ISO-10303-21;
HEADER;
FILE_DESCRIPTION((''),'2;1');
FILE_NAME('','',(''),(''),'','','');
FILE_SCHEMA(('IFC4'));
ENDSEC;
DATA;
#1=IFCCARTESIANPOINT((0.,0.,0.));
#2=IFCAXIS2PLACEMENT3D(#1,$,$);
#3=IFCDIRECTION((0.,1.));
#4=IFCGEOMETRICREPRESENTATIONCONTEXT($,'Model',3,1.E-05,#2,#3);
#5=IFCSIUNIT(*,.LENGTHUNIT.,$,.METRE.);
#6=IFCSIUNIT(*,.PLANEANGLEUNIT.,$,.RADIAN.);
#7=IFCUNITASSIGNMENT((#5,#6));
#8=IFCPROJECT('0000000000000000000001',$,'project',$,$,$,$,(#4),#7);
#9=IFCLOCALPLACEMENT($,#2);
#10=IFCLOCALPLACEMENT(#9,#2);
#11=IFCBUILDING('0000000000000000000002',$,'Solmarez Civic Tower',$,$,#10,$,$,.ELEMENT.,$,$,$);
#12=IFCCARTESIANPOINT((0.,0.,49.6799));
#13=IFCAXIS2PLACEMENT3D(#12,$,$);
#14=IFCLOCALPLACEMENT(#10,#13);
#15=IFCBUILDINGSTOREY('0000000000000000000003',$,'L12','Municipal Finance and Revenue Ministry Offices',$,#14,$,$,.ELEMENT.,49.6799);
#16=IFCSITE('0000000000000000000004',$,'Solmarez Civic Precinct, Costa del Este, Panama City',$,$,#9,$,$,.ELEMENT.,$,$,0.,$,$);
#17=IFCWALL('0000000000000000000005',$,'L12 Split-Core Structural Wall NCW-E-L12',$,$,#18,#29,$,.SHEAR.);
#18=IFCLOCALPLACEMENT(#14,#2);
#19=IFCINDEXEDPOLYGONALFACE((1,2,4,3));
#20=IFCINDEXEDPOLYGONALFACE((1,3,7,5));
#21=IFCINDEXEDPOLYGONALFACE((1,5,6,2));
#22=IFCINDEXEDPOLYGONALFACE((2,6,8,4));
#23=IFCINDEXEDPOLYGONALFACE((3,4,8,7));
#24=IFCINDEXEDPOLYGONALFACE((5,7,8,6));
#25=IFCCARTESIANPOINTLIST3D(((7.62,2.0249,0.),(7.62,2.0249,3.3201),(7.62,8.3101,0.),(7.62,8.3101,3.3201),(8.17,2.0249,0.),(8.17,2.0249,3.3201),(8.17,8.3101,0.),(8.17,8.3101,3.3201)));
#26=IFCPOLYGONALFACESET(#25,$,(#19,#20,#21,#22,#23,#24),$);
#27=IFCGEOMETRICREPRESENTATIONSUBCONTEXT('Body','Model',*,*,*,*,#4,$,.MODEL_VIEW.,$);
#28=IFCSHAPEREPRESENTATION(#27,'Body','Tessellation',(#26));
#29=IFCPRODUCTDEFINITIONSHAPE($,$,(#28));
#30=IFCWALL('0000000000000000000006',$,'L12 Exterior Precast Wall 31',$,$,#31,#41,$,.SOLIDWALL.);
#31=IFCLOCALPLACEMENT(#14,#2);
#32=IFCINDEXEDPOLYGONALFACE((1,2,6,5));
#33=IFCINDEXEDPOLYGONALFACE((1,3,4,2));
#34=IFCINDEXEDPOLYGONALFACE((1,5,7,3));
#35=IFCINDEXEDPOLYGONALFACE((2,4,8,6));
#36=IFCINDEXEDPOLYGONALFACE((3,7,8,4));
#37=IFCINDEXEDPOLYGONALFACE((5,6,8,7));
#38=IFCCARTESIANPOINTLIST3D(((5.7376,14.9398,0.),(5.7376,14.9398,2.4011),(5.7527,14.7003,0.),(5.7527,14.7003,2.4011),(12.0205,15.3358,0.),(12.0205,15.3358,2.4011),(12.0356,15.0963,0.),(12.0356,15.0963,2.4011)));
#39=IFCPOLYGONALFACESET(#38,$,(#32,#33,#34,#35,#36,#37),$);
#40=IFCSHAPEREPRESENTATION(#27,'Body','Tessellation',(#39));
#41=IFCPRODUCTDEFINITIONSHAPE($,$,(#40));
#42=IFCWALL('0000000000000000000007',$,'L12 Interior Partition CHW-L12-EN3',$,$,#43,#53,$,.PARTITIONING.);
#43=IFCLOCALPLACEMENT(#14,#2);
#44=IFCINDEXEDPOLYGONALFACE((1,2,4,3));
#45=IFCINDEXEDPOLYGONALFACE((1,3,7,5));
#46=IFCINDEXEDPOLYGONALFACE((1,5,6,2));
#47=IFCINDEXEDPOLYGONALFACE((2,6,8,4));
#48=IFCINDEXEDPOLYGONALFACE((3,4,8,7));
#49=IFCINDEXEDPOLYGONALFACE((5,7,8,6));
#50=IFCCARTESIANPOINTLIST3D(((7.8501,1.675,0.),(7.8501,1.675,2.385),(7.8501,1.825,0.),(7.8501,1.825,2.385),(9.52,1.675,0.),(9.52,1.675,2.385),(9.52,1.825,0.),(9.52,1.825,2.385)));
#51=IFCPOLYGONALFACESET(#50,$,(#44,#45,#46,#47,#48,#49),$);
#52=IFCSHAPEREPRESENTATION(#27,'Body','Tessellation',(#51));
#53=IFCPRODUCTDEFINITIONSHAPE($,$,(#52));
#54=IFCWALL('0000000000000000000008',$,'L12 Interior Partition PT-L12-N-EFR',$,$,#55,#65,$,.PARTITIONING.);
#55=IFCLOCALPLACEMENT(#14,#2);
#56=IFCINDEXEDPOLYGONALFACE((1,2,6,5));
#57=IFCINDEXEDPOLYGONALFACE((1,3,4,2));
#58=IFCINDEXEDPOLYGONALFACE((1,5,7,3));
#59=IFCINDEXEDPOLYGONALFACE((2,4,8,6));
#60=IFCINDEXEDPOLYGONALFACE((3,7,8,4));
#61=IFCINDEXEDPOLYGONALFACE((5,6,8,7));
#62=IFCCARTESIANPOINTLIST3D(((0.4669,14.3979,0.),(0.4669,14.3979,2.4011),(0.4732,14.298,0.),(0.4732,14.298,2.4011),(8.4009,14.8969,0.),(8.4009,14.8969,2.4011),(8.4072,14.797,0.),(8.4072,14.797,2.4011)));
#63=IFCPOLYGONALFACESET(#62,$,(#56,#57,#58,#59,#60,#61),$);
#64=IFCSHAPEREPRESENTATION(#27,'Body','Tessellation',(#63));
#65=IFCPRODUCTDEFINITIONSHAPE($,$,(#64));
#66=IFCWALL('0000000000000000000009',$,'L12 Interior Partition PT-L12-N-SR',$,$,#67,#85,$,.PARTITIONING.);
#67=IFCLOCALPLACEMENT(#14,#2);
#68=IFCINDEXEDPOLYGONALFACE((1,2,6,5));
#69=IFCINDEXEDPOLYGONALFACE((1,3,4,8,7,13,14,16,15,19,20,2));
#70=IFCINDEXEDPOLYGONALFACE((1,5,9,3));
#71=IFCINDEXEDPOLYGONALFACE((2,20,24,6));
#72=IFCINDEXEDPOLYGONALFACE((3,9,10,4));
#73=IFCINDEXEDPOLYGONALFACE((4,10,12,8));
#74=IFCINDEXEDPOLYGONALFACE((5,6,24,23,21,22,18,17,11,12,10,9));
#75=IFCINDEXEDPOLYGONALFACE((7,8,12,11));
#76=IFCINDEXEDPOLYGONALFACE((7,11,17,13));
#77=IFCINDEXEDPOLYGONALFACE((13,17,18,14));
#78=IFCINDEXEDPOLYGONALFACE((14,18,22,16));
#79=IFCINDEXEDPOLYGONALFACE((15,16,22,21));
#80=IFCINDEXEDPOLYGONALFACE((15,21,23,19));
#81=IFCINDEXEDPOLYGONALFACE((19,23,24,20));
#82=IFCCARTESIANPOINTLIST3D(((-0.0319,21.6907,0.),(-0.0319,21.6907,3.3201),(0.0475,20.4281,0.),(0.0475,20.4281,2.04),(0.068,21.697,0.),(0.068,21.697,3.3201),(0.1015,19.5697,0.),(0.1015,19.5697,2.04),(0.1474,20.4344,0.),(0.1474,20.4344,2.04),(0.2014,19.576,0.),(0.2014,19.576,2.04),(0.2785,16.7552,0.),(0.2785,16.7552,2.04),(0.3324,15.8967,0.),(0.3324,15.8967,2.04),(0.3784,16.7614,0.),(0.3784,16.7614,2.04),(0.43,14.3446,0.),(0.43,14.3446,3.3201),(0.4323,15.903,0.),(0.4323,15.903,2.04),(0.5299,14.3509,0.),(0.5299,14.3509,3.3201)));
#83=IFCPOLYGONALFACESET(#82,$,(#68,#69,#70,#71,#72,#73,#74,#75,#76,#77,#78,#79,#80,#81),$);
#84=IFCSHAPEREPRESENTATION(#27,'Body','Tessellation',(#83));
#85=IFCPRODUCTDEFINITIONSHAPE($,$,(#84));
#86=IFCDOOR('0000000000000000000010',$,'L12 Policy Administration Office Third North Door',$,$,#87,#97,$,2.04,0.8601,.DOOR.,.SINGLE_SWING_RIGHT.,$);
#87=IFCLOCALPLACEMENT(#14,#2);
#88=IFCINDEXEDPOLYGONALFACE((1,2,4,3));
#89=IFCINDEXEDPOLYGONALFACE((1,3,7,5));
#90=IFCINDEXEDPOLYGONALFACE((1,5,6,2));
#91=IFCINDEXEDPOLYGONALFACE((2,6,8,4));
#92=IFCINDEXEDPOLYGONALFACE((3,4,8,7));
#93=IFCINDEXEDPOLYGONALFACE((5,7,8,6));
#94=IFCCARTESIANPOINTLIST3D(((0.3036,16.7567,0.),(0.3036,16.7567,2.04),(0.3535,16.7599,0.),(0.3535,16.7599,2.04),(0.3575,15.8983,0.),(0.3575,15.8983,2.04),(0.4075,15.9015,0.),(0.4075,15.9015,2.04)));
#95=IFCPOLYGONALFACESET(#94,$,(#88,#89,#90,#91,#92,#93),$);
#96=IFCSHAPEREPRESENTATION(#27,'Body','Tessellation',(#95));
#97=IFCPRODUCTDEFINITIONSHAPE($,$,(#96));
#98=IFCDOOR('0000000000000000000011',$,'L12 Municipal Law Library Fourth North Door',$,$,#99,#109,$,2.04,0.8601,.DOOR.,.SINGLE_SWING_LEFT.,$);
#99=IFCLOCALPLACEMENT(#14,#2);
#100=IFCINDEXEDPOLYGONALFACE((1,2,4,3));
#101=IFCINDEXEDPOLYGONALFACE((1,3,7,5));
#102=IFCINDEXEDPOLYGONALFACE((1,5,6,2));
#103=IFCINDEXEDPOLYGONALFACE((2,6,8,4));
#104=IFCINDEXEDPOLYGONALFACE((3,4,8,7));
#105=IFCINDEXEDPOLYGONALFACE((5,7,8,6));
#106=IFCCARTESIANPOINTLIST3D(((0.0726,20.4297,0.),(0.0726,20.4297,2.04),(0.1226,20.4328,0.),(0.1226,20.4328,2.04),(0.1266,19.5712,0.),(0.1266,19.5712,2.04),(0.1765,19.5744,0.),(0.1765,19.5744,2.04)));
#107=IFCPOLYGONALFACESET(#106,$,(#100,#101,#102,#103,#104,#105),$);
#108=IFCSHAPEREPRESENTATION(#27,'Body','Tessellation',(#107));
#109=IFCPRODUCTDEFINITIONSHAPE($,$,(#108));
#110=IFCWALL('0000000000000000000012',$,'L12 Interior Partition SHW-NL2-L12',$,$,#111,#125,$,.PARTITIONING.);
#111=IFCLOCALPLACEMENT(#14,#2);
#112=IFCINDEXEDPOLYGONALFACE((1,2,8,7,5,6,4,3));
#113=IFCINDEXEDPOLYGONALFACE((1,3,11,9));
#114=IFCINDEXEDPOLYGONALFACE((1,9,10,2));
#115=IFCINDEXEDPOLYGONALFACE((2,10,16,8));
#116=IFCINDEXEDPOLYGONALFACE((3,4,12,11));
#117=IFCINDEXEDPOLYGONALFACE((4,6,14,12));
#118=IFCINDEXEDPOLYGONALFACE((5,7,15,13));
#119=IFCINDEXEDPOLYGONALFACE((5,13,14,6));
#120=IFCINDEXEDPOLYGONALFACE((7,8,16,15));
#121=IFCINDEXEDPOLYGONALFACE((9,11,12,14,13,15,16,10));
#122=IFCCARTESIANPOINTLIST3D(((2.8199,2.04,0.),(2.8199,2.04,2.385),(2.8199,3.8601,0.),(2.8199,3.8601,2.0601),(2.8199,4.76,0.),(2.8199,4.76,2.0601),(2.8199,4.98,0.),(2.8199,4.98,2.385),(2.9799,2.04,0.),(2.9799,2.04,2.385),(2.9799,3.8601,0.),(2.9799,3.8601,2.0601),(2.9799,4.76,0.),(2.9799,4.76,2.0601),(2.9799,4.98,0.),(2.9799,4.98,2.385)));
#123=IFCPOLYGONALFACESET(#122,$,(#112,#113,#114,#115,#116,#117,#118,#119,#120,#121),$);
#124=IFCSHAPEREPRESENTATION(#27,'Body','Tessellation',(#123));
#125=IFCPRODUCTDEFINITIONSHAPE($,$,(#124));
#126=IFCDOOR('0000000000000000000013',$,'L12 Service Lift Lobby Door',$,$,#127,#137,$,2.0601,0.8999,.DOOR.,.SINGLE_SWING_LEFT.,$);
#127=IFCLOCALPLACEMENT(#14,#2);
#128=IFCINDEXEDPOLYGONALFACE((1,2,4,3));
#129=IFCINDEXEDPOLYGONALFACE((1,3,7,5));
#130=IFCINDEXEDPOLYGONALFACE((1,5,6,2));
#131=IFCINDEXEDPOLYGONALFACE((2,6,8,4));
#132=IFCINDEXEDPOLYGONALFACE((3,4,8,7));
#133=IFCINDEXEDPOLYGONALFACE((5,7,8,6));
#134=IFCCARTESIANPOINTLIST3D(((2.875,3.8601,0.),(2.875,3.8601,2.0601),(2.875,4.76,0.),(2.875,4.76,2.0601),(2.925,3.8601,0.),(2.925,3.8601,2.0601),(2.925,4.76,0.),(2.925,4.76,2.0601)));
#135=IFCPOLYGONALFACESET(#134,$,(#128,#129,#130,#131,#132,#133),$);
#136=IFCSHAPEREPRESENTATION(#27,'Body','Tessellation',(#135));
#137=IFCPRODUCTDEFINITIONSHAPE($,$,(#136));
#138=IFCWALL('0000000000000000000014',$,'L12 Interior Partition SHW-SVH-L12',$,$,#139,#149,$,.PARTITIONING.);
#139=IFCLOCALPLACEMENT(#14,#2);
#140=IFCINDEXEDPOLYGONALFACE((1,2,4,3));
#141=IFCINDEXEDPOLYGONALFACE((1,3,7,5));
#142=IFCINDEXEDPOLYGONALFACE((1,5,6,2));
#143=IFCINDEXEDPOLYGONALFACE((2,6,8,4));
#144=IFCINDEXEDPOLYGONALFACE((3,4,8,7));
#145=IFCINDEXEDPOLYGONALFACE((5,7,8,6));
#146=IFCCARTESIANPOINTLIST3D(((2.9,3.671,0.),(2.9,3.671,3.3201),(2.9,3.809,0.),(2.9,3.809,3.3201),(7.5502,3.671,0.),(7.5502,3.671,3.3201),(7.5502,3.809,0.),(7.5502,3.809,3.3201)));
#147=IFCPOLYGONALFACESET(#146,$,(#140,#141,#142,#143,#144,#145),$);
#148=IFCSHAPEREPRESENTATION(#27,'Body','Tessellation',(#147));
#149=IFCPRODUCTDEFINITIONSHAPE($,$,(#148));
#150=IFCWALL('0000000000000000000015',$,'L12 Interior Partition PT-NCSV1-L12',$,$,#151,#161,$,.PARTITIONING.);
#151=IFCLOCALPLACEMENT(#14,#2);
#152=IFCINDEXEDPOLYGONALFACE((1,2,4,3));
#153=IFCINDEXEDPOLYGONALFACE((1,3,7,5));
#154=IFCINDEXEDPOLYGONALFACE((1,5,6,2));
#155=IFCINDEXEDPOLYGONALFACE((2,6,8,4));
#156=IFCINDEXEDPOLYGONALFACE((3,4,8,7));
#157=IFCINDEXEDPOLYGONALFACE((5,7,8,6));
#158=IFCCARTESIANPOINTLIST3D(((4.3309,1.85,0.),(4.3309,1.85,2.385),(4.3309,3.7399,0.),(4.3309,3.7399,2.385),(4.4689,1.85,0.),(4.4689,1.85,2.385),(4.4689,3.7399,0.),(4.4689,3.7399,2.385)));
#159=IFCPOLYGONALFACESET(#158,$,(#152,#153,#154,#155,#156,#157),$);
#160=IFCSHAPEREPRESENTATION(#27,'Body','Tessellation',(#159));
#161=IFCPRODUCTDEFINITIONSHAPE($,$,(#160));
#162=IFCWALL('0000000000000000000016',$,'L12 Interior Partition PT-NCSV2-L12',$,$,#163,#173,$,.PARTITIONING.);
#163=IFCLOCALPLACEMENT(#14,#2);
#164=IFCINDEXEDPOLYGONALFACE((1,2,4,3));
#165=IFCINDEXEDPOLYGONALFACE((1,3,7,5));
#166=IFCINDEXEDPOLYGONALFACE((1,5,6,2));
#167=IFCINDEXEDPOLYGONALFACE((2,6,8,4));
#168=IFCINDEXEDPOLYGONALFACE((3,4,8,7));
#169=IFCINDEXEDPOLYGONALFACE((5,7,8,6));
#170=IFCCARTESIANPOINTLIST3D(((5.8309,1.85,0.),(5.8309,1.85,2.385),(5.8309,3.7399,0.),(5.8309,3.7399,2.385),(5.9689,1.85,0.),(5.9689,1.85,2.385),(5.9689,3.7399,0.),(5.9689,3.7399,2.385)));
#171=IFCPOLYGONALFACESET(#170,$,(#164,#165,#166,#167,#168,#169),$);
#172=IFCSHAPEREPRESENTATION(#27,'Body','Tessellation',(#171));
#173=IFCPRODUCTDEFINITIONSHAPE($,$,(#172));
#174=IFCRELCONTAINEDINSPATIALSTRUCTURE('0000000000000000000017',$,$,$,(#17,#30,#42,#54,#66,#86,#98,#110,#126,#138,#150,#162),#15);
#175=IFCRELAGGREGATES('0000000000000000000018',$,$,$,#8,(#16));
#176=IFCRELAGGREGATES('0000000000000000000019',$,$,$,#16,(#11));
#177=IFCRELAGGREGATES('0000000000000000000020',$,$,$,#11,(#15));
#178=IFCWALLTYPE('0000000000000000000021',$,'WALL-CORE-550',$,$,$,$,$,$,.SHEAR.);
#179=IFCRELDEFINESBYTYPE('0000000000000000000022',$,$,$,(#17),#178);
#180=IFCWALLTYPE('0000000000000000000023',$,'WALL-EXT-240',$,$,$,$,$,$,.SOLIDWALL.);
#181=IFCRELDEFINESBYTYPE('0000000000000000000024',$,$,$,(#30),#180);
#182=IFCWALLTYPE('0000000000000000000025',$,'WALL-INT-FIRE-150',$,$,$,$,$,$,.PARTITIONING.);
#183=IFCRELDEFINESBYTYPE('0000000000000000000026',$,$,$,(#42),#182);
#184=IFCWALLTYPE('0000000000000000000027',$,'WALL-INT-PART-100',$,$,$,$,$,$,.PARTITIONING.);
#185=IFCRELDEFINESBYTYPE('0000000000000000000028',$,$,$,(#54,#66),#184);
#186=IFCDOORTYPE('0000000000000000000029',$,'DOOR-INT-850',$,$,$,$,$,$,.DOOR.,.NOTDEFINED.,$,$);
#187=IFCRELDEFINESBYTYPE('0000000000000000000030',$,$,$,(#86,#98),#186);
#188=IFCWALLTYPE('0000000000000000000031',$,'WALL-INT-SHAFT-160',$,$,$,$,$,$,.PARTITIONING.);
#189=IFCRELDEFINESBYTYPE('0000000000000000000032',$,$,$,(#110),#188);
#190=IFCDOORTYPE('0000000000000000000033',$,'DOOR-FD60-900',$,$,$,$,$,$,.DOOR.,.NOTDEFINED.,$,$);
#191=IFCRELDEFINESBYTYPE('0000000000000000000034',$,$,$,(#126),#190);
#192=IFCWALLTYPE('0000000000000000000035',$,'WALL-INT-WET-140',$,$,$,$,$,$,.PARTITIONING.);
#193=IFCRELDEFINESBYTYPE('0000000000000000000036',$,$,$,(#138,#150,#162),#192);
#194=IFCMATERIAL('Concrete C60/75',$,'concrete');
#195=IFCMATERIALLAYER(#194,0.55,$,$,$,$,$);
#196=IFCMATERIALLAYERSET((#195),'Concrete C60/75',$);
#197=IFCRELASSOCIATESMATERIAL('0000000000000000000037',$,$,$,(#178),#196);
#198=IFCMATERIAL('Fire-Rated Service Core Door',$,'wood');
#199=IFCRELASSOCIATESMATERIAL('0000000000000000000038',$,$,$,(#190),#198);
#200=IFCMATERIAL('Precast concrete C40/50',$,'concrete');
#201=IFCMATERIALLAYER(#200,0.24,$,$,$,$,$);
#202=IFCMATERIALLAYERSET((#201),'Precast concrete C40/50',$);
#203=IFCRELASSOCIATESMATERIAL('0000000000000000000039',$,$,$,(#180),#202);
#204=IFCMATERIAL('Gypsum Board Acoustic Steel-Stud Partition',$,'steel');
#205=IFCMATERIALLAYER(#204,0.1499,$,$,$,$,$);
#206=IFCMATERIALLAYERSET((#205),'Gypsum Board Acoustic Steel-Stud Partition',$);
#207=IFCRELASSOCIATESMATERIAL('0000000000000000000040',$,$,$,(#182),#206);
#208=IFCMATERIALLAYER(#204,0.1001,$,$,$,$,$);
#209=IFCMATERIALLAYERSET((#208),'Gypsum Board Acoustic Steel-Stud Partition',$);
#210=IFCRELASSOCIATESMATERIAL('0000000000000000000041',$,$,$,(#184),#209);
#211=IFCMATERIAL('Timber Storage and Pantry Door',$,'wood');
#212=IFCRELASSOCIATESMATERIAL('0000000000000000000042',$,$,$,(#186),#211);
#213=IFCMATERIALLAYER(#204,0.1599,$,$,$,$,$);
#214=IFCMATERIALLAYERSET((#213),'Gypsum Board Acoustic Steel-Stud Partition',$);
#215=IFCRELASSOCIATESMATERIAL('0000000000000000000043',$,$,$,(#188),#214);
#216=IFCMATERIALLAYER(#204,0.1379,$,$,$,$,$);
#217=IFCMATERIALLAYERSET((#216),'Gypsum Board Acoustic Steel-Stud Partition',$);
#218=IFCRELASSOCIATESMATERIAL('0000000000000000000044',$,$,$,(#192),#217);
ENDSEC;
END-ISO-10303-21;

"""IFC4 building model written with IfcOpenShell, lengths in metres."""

from ifc_helpers import new_model, si_unit, direction, frame, frame_2d, origin, place, context, subcontext, project, spatial, rectangle, extrude, material, layer, layer_set, type_object, element, fill, save


model = new_model("IFC4")

# Units and contexts
model_context = context("Model", 3, precision=1e-05, world=origin(), true_north=direction((0.0, 1.0)))
body_context = subcontext(model_context, "Body", "Model", "MODEL_VIEW")
ifc_project = project(units=[si_unit("LENGTHUNIT", "METRE"), si_unit("PLANEANGLEUNIT", "RADIAN")], contexts=[model_context])

# Site, building, storey
site_placement = place(None, origin())
site = spatial("IfcSite", under=ifc_project, at=site_placement, Name="Solmarez Civic Precinct, Costa del Este, Panama City", CompositionType="ELEMENT", RefElevation=0.0)
building_placement = place(site_placement, origin())
building = spatial("IfcBuilding", under=site, at=building_placement, Name="Solmarez Civic Tower", CompositionType="ELEMENT")
storey_placement = place(building_placement, frame((0.0, 0.0, 49.6799)))
storey = spatial("IfcBuildingStorey", under=building, at=storey_placement, Name="L12", Description="Municipal Finance and Revenue Ministry Offices", CompositionType="ELEMENT", Elevation=49.6799)

# Shared definitions
ifc_material_1 = material(Name="Concrete C60/75", Category="concrete")

# Shared definitions
ifc_layer_1 = layer(ifc_material_1, 0.55)
ifc_layer_set_1 = layer_set([ifc_layer_1], Name="Concrete C60/75")
wall_type_1 = type_object("IfcWallType", Name="WALL-CORE-550", PredefinedType="SHEAR", material=ifc_layer_set_1)
ifc_material_2 = material(Name="Fire-Rated Service Core Door", Category="wood")
door_type_1 = type_object("IfcDoorType", Name="DOOR-FD60-900", OperationType="NOTDEFINED", PredefinedType="DOOR", material=ifc_material_2)

# Walls
wall_1_placement = place(storey_placement, frame((7.895, 8.3101, 0.0), z_axis=(0.0, 0.0, 1.0), x_axis=(0.0, -1.0, 0.0)))
element("IfcWall", 1, at=wall_1_placement, inside=storey, type_object=wall_type_1, Name="L12 Split-Core Structural Wall NCW-E-L12", PredefinedType="SHEAR", context=body_context, shape_type="SweptSolid", body=[
    extrude(rectangle(XDim=6.2852, YDim=0.55, at=frame_2d((3.1426, 0.0))), origin(), (0.0, 0.0, 1.0), 3.3201),
])
ifc_material_3 = material(Name="Precast concrete C40/50", Category="concrete")
ifc_layer_2 = layer(ifc_material_3, 0.24)
ifc_layer_set_2 = layer_set([ifc_layer_2], Name="Precast concrete C40/50")
wall_type_2 = type_object("IfcWallType", Name="WALL-EXT-240", PredefinedType="SOLIDWALL", material=ifc_layer_set_2)
wall_2_placement = place(storey_placement, frame((5.7451, 14.8201, 0.0), z_axis=(0.0, 0.0, 1.0), x_axis=(0.99802, 0.062902, 0.0)))
element("IfcWall", 2, at=wall_2_placement, inside=storey, type_object=wall_type_2, Name="L12 Exterior Precast Wall 31", PredefinedType="SOLIDWALL", context=body_context, shape_type="SweptSolid", body=[
    extrude(rectangle(XDim=6.2954, YDim=0.24, at=frame_2d((3.1477, 0.0))), origin(), (0.0, 0.0, 1.0), 2.4011),
])
ifc_material_4 = material(Name="Gypsum Board Acoustic Steel-Stud Partition", Category="steel")
ifc_layer_3 = layer(ifc_material_4, 0.1499)
ifc_layer_set_3 = layer_set([ifc_layer_3], Name="Gypsum Board Acoustic Steel-Stud Partition")
wall_type_3 = type_object("IfcWallType", Name="WALL-INT-FIRE-150", PredefinedType="PARTITIONING", material=ifc_layer_set_3)
wall_3_placement = place(storey_placement, frame((7.8501, 1.75, 0.0), z_axis=(0.0, 0.0, 1.0), x_axis=(1.0, 0.0, 0.0)))
element("IfcWall", 3, at=wall_3_placement, inside=storey, type_object=wall_type_3, Name="L12 Interior Partition CHW-L12-EN3", PredefinedType="PARTITIONING", context=body_context, shape_type="SweptSolid", body=[
    extrude(rectangle(XDim=1.6699, YDim=0.1499, at=frame_2d((0.835, 0.0))), origin(), (0.0, 0.0, 1.0), 2.385),
])
ifc_layer_4 = layer(ifc_material_4, 0.1001)
ifc_layer_set_4 = layer_set([ifc_layer_4], Name="Gypsum Board Acoustic Steel-Stud Partition")
wall_type_4 = type_object("IfcWallType", Name="WALL-INT-PART-100", PredefinedType="PARTITIONING", material=ifc_layer_set_4)
wall_4_placement = place(storey_placement, frame((8.4041, 14.8469, 0.0), z_axis=(0.0, 0.0, 1.0), x_axis=(-0.998028, -0.062772, 0.0)))
element("IfcWall", 4, at=wall_4_placement, inside=storey, type_object=wall_type_4, Name="L12 Interior Partition PT-L12-N-EFR", PredefinedType="PARTITIONING", context=body_context, shape_type="SweptSolid", body=[
    extrude(rectangle(XDim=7.9497, YDim=0.1001, at=frame_2d((3.9749, 0.0))), origin(), (0.0, 0.0, 1.0), 2.4011),
])

# Wall, openings, doors
wall_5_placement = place(storey_placement, frame((0.48, 14.3479, 0.0), z_axis=(0.0, 0.0, 1.0), x_axis=(-0.062754, 0.998029, 0.0)))
wall_5 = element("IfcWall", 5, at=wall_5_placement, inside=storey, type_object=wall_type_4, Name="L12 Interior Partition PT-L12-N-SR", PredefinedType="PARTITIONING", context=body_context, shape_type="SweptSolid", body=[
    extrude(rectangle(XDim=7.3606, YDim=0.1001, at=frame_2d((3.6802, 0.0))), origin(), (0.0, 0.0, 1.0), 3.3201),
])
opening_1_placement = place(wall_5_placement, frame((1.5549, 0.0, 0.0)))
opening_1 = element("IfcOpeningElement", 6, at=opening_1_placement, cuts=wall_5, PredefinedType="OPENING", context=body_context, shape_type="SweptSolid", body=[
    extrude(rectangle(XDim=0.8601, YDim=2.04, at=frame_2d((0.4302, 1.02))), frame((0.0, 0.0601, 0.0), z_axis=(0.0, -1.0, 0.0), x_axis=(1.0, 0.0, 0.0)), (0.0, 0.0, 1.0), 0.1201),
])
opening_2_placement = place(wall_5_placement, frame((5.2351, 0.0, 0.0)))
opening_2 = element("IfcOpeningElement", 7, at=opening_2_placement, cuts=wall_5, PredefinedType="OPENING", context=body_context, shape_type="SweptSolid", body=[
    extrude(rectangle(XDim=0.8601, YDim=2.04, at=frame_2d((0.4302, 1.02))), frame((0.0, 0.0601, 0.0), z_axis=(0.0, -1.0, 0.0), x_axis=(1.0, 0.0, 0.0)), (0.0, 0.0, 1.0), 0.1201),
])
ifc_material_5 = material(Name="Timber Storage and Pantry Door", Category="wood")
door_type_2 = type_object("IfcDoorType", Name="DOOR-INT-850", OperationType="NOTDEFINED", PredefinedType="DOOR", material=ifc_material_5)
door_1_placement = place(opening_1_placement, origin())
door_1 = element("IfcDoor", 8, at=door_1_placement, inside=storey, type_object=door_type_2, Name="L12 Policy Administration Office Third North Door", OperationType="SINGLE_SWING_RIGHT", OverallHeight=2.04, OverallWidth=0.8601, PredefinedType="DOOR", context=body_context, shape_type="SweptSolid", body=[
    extrude(rectangle(XDim=0.8601, YDim=2.04, at=frame_2d((0.4302, 1.02))), frame((0.0, 0.0249, 0.0), z_axis=(0.0, -1.0, 0.0), x_axis=(1.0, 0.0, 0.0)), (0.0, 0.0, 1.0), 0.05),
])
fill(opening_1, door_1)
door_2_placement = place(opening_2_placement, origin())
door_2 = element("IfcDoor", 9, at=door_2_placement, inside=storey, type_object=door_type_2, Name="L12 Municipal Law Library Fourth North Door", OperationType="SINGLE_SWING_LEFT", OverallHeight=2.04, OverallWidth=0.8601, PredefinedType="DOOR", context=body_context, shape_type="SweptSolid", body=[
    extrude(rectangle(XDim=0.8601, YDim=2.04, at=frame_2d((0.4302, 1.02))), frame((0.0, 0.0249, 0.0), z_axis=(0.0, -1.0, 0.0), x_axis=(1.0, 0.0, 0.0)), (0.0, 0.0, 1.0), 0.05),
])
fill(opening_2, door_2)

# Wall, opening, door
ifc_layer_5 = layer(ifc_material_4, 0.1599)
ifc_layer_set_5 = layer_set([ifc_layer_5], Name="Gypsum Board Acoustic Steel-Stud Partition")
wall_type_5 = type_object("IfcWallType", Name="WALL-INT-SHAFT-160", PredefinedType="PARTITIONING", material=ifc_layer_set_5)
wall_6_placement = place(storey_placement, frame((2.8999, 2.04, 0.0), z_axis=(0.0, 0.0, 1.0), x_axis=(0.0, 1.0, 0.0)))
wall_6 = element("IfcWall", 10, at=wall_6_placement, inside=storey, type_object=wall_type_5, Name="L12 Interior Partition SHW-NL2-L12", PredefinedType="PARTITIONING", context=body_context, shape_type="SweptSolid", body=[
    extrude(rectangle(XDim=2.9399, YDim=0.1599, at=frame_2d((1.47, 0.0))), origin(), (0.0, 0.0, 1.0), 2.385),
])
opening_3_placement = place(wall_6_placement, frame((1.8201, 0.0, 0.0)))
opening_3 = element("IfcOpeningElement", 11, at=opening_3_placement, cuts=wall_6, PredefinedType="OPENING", context=body_context, shape_type="SweptSolid", body=[
    extrude(rectangle(XDim=0.8999, YDim=2.0601, at=frame_2d((0.45, 1.03))), frame((0.0, 0.0898, 0.0), z_axis=(0.0, -1.0, 0.0), x_axis=(1.0, 0.0, 0.0)), (0.0, 0.0, 1.0), 0.1799),
])
door_3_placement = place(opening_3_placement, origin())
door_3 = element("IfcDoor", 12, at=door_3_placement, inside=storey, type_object=door_type_1, Name="L12 Service Lift Lobby Door", OperationType="SINGLE_SWING_LEFT", OverallHeight=2.0601, OverallWidth=0.8999, PredefinedType="DOOR", context=body_context, shape_type="SweptSolid", body=[
    extrude(rectangle(XDim=0.8999, YDim=2.0601, at=frame_2d((0.45, 1.03))), frame((0.0, 0.0249, 0.0), z_axis=(0.0, -1.0, 0.0), x_axis=(1.0, 0.0, 0.0)), (0.0, 0.0, 1.0), 0.05),
])
fill(opening_3, door_3)

# Walls
ifc_layer_6 = layer(ifc_material_4, 0.1379)
ifc_layer_set_6 = layer_set([ifc_layer_6], Name="Gypsum Board Acoustic Steel-Stud Partition")
wall_type_6 = type_object("IfcWallType", Name="WALL-INT-WET-140", PredefinedType="PARTITIONING", material=ifc_layer_set_6)
wall_7_placement = place(storey_placement, frame((2.8999, 3.74, 0.0), z_axis=(0.0, 0.0, 1.0), x_axis=(1.0, 0.0, 0.0)))
element("IfcWall", 13, at=wall_7_placement, inside=storey, type_object=wall_type_6, Name="L12 Interior Partition SHW-SVH-L12", PredefinedType="PARTITIONING", context=body_context, shape_type="SweptSolid", body=[
    extrude(rectangle(XDim=4.6501, YDim=0.1379, at=frame_2d((2.3252, 0.0))), origin(), (0.0, 0.0, 1.0), 3.3201),
])
for number, where, z_axis, x_axis, name in (
    (14, (4.3999, 1.8501, 0.0), (0.0, 0.0, 1.0), (0.0, 1.0, 0.0), "L12 Interior Partition PT-NCSV1-L12"),
    (15, (5.8999, 1.8501, 0.0), (0.0, 0.0, 1.0), (0.0, 1.0, 0.0), "L12 Interior Partition PT-NCSV2-L12"),
):
    element("IfcWall", number, at=place(storey_placement, frame(where, z_axis=z_axis, x_axis=x_axis)), inside=storey, type_object=wall_type_6, Name=name, PredefinedType="PARTITIONING", context=body_context, shape_type="SweptSolid", body=[
        extrude(rectangle(XDim=1.8899, YDim=0.1379, at=frame_2d((0.9448, 0.0))), origin(), (0.0, 0.0, 1.0), 2.385),
    ])

save(model, "model.ifc")
